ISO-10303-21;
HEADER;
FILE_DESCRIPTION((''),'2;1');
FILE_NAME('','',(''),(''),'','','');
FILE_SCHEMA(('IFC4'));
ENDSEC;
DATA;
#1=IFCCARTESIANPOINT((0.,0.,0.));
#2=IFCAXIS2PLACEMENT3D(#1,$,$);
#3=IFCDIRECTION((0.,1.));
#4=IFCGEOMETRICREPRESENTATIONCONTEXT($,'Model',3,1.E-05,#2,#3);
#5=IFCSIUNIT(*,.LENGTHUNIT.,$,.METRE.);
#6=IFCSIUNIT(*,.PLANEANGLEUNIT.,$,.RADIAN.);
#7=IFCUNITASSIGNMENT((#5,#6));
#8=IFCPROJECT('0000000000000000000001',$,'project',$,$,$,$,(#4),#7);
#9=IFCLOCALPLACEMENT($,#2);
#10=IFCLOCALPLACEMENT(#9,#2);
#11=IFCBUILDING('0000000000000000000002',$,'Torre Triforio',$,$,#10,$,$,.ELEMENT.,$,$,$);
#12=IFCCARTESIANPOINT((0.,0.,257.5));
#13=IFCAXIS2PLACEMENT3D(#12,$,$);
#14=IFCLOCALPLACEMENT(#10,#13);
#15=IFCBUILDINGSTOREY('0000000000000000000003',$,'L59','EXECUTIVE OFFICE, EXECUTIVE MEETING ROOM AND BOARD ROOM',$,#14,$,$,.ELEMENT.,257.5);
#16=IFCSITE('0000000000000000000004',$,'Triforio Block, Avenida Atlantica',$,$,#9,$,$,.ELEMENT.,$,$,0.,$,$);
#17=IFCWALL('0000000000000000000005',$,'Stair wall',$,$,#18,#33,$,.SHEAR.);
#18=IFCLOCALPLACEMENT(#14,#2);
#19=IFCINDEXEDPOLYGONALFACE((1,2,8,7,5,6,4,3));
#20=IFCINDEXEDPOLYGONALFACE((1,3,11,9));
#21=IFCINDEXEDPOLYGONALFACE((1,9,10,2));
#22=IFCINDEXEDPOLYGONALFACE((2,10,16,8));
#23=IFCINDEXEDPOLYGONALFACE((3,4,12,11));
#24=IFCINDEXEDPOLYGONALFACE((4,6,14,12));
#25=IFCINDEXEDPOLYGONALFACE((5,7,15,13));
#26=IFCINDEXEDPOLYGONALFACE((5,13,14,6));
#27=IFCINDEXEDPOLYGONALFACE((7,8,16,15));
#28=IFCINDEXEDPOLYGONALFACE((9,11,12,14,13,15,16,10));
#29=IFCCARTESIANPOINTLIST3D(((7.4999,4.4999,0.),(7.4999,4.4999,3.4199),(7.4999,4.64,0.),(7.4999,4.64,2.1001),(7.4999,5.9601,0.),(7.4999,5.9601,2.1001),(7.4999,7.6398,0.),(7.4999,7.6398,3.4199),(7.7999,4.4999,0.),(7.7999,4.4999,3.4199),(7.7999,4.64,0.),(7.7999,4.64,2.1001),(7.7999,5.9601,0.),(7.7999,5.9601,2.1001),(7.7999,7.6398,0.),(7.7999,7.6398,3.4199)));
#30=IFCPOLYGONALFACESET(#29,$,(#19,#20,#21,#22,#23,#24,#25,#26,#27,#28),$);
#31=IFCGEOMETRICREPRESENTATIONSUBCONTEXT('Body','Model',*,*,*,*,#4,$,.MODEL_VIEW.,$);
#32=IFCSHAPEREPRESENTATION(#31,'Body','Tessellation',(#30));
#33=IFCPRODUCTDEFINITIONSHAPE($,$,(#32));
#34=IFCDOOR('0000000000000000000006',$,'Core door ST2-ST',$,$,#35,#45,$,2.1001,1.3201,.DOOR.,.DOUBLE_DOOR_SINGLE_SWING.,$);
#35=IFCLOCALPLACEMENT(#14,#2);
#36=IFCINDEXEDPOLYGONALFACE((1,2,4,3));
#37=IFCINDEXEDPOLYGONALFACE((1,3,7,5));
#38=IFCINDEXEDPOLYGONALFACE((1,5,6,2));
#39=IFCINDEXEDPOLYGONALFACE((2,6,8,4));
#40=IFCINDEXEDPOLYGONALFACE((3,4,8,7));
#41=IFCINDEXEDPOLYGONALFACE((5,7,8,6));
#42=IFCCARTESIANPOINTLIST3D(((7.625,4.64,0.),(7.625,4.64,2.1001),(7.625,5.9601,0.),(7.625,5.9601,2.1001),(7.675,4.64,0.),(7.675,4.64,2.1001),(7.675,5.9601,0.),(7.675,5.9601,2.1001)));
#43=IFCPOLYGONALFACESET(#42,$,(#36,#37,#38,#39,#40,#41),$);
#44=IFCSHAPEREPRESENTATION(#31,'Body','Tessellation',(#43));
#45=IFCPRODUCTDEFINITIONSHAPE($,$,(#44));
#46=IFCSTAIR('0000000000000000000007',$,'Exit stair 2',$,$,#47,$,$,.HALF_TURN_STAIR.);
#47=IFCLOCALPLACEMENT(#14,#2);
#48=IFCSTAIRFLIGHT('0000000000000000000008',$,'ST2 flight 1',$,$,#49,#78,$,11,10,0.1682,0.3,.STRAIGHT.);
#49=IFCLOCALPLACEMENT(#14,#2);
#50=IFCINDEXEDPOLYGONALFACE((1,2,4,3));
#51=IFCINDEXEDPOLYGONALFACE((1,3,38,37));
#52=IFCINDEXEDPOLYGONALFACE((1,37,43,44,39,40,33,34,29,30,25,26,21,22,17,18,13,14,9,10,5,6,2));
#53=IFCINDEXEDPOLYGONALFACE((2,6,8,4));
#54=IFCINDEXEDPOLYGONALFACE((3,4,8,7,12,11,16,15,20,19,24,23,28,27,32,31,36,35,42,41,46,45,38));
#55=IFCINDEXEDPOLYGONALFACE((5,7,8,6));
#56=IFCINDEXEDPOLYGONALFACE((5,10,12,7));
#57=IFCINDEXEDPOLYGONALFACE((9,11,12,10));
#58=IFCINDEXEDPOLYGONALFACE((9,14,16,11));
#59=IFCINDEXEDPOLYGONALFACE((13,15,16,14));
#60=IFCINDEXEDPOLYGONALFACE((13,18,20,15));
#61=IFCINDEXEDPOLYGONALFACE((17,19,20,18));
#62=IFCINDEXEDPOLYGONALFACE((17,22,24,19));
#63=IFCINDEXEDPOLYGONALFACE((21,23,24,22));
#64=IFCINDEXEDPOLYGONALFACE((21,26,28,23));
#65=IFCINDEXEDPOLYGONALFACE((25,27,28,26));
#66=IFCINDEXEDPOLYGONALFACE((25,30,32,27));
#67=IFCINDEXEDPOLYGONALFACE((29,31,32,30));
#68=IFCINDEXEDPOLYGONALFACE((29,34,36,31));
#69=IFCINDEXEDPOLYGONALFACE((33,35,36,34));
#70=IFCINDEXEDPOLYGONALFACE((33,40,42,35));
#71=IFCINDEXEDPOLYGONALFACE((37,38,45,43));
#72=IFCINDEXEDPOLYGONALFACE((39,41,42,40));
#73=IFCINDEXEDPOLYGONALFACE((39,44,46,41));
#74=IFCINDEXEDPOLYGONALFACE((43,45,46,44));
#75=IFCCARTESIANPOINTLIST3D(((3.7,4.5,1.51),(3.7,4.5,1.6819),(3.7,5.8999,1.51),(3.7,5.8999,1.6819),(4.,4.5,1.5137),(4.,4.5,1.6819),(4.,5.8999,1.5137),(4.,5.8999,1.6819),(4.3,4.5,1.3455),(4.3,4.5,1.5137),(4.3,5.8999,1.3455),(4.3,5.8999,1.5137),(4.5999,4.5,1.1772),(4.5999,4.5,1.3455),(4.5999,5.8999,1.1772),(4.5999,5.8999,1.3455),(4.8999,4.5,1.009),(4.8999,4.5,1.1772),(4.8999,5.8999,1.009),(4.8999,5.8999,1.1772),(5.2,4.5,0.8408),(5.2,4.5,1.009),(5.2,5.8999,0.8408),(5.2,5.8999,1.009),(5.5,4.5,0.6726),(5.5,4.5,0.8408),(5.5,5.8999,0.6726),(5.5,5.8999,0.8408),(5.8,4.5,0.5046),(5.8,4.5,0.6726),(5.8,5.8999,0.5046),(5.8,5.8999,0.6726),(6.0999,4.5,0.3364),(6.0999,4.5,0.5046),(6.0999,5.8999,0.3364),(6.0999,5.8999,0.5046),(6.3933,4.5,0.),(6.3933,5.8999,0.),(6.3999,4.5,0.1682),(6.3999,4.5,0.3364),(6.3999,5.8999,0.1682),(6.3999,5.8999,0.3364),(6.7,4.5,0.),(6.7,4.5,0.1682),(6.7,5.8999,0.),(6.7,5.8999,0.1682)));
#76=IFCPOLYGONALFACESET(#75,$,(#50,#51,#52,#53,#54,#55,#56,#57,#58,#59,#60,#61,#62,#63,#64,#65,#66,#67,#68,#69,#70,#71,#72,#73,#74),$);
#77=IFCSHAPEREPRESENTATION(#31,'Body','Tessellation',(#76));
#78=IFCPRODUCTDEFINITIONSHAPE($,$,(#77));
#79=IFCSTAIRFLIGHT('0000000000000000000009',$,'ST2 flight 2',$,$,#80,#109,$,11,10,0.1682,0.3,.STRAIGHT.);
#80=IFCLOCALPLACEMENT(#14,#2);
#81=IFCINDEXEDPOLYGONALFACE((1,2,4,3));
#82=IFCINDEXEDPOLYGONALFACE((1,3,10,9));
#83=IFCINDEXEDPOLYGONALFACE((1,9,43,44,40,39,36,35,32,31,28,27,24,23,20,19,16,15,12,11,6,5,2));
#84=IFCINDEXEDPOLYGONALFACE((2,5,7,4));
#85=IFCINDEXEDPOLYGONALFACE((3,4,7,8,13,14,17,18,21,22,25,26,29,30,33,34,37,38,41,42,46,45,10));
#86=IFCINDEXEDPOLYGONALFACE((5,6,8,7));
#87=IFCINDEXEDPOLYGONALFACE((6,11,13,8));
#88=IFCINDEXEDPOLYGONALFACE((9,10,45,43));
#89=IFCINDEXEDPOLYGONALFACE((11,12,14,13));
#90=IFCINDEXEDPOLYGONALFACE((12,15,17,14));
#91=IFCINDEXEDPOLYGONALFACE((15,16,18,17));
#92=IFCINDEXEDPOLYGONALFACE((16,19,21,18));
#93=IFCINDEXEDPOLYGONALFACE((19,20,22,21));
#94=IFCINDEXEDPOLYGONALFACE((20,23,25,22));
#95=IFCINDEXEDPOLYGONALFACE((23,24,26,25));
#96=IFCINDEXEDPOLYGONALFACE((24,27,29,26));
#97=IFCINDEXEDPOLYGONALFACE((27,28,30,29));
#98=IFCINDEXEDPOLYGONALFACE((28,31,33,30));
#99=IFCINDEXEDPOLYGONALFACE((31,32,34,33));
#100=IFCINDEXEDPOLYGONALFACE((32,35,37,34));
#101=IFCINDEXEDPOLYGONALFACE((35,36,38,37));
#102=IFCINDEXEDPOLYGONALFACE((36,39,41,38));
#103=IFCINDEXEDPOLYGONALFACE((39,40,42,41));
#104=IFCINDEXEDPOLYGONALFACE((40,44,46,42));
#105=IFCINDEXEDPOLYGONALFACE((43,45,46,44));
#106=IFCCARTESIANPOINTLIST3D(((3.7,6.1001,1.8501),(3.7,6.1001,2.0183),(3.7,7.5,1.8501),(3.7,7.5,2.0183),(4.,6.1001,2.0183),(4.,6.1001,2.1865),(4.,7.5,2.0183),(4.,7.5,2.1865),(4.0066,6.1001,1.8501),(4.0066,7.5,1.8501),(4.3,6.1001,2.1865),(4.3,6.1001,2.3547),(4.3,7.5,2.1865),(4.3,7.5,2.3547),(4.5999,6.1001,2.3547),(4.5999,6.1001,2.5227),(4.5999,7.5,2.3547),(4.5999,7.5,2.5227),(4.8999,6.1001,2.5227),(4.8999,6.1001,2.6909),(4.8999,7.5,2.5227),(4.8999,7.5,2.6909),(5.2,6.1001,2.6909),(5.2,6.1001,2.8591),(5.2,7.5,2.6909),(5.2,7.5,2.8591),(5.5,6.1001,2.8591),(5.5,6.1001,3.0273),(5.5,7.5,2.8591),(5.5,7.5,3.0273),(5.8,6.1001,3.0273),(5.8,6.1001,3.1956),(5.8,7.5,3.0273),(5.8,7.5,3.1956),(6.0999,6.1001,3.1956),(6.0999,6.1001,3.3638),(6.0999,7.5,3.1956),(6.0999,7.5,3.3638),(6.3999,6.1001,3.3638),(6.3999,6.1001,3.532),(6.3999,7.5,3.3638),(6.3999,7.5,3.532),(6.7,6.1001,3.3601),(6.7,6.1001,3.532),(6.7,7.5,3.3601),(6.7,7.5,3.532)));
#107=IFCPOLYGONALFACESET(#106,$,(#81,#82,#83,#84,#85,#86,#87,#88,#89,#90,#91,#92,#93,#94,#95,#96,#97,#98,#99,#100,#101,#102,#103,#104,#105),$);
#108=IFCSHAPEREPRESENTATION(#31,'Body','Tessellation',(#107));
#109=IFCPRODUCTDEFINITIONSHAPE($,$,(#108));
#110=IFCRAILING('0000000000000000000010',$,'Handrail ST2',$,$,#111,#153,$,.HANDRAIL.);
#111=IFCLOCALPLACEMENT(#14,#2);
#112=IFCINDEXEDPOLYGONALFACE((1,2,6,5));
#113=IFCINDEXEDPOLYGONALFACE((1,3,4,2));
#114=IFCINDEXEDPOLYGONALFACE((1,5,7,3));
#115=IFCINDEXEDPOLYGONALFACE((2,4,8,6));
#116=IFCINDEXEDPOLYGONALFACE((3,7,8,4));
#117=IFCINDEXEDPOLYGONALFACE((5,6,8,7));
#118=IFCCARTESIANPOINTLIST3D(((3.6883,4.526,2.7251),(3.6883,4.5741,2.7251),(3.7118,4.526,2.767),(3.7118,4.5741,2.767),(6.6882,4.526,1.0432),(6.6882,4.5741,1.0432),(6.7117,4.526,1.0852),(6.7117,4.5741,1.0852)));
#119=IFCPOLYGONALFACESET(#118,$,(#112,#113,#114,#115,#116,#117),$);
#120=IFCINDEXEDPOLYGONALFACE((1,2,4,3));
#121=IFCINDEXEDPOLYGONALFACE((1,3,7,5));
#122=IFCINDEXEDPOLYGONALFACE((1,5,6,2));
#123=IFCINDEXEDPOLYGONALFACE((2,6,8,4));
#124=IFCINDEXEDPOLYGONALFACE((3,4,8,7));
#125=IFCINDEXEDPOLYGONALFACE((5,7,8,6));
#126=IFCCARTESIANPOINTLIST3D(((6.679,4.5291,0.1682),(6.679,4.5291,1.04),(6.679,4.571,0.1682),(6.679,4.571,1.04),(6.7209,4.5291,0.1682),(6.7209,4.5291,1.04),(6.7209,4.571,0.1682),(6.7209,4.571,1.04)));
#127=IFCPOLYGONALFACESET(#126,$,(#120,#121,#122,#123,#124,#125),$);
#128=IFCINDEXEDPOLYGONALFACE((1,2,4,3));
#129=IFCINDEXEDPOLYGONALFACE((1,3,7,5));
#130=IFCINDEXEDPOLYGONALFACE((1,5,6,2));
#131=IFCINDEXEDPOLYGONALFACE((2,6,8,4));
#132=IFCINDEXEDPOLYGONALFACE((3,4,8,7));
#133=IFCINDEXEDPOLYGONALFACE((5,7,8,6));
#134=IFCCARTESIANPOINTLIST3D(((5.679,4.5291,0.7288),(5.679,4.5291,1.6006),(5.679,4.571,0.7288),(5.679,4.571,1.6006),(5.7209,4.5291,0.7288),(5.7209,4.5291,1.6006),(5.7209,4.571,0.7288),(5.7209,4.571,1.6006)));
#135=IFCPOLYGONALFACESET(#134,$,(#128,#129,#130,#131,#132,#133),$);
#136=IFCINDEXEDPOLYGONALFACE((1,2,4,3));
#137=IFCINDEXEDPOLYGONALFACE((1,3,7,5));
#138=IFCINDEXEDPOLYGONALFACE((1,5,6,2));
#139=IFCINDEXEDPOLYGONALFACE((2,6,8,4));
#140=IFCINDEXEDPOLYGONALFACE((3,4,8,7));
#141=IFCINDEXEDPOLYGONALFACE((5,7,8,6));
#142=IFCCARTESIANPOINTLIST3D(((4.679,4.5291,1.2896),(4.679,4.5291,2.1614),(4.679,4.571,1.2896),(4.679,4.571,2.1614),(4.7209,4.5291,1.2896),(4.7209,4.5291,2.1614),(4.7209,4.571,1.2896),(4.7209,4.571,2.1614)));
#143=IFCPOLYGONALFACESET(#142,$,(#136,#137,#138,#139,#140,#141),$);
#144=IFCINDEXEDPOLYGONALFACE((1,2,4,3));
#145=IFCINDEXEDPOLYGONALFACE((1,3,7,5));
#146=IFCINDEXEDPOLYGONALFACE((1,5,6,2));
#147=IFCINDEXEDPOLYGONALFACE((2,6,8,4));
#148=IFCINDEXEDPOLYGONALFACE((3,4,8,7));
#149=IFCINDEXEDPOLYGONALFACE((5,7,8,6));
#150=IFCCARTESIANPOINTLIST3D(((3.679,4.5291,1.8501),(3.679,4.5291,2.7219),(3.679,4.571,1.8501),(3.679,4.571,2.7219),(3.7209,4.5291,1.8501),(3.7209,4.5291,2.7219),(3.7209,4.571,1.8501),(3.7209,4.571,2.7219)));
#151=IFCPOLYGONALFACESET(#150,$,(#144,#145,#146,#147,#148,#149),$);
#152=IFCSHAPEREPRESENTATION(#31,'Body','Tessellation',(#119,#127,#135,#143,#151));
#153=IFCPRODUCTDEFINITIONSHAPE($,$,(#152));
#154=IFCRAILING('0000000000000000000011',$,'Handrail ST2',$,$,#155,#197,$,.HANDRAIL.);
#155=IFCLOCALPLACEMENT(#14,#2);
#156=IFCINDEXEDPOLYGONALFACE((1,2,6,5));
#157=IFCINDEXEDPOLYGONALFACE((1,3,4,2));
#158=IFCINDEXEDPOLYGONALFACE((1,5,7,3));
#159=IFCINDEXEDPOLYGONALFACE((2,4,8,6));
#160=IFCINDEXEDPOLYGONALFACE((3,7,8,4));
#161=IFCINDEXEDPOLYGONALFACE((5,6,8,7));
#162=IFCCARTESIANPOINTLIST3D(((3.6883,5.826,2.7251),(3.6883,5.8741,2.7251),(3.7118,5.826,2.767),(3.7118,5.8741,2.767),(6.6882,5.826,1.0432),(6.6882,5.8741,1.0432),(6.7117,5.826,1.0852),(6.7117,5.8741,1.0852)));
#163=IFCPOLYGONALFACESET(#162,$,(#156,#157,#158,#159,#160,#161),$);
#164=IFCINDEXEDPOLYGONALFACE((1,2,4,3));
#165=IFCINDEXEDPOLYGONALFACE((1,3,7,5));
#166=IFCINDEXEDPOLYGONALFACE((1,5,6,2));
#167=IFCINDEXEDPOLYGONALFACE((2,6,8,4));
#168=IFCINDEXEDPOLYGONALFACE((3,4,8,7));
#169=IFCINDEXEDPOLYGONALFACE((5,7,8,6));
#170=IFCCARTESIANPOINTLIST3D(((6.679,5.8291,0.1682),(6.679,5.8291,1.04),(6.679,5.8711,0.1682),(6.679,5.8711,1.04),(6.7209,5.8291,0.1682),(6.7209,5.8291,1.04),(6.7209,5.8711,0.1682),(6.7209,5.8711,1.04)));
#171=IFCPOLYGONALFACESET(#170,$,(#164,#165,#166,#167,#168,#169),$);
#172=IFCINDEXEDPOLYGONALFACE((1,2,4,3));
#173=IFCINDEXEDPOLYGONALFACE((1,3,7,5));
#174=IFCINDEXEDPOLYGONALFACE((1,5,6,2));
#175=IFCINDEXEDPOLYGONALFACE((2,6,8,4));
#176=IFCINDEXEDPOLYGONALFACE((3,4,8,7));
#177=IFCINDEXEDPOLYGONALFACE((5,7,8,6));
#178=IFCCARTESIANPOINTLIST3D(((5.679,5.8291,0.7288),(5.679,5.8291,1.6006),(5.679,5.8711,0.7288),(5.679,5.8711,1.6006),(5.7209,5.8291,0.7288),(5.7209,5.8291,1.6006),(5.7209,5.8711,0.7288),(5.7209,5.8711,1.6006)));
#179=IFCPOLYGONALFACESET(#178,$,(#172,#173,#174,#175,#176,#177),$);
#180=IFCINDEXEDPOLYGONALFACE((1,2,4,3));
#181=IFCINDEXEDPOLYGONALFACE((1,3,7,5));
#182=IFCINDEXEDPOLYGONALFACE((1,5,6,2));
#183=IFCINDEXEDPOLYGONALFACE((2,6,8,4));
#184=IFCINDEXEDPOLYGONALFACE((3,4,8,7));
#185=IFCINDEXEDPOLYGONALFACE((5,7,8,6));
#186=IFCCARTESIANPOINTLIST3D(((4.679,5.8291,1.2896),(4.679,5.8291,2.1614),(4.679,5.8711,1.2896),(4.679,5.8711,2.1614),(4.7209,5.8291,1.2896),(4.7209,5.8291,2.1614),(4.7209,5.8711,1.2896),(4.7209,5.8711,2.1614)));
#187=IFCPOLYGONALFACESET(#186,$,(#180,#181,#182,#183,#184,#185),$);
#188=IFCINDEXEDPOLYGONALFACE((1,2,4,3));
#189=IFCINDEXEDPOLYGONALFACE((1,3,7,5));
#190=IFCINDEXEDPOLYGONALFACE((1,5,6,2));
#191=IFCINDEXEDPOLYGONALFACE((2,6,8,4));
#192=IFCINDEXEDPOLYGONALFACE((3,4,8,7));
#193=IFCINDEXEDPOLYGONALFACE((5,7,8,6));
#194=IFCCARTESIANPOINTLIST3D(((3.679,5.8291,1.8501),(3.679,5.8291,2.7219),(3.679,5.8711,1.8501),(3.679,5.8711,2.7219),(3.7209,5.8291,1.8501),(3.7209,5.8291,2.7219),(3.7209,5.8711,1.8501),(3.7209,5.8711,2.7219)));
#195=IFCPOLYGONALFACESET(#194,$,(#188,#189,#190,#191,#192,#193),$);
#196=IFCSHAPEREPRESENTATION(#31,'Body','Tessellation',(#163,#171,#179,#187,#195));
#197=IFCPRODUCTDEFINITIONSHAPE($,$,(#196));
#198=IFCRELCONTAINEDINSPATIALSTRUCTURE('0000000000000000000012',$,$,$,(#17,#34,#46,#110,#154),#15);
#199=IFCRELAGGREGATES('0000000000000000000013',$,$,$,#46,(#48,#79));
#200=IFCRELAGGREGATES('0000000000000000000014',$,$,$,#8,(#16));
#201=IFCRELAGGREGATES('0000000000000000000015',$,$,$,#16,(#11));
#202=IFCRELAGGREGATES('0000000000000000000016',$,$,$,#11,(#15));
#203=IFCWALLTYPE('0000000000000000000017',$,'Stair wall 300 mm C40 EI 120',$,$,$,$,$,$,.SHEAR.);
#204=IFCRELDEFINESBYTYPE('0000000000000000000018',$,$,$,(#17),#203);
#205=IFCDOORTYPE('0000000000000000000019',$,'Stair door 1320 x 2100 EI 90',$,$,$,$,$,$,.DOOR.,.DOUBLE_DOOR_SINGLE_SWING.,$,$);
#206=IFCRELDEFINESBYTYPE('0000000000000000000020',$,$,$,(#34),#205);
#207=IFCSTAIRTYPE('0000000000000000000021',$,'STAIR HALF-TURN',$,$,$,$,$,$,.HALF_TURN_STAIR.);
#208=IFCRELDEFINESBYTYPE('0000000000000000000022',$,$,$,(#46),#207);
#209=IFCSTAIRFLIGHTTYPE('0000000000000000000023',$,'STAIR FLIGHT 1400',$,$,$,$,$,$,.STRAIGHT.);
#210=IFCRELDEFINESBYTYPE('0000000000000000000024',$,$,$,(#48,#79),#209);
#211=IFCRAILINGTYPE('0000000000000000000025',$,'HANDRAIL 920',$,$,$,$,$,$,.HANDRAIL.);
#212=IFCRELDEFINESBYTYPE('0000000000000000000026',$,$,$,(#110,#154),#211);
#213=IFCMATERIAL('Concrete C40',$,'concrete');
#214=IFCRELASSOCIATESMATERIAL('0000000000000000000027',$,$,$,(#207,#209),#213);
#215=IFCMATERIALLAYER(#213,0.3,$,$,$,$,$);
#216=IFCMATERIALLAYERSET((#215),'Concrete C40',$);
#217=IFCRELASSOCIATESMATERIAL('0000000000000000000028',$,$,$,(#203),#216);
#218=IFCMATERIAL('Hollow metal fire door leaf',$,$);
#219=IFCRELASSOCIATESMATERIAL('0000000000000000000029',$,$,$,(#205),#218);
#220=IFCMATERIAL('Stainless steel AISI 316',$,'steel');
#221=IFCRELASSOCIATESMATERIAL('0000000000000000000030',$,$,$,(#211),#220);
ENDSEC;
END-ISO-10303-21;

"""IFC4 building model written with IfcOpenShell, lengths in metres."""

from ifc_helpers import new_model, si_unit, direction, frame, frame_2d, origin, origin_2d, place, context, subcontext, project, spatial, polyline, rectangle, outline, extrude, material, layer, layer_set, type_object, element, fill, aggregate, save


model = new_model("IFC4")

# Units and contexts
model_context = context("Model", 3, precision=1e-05, world=origin(), true_north=direction((0.0, 1.0)))
body_context = subcontext(model_context, "Body", "Model", "MODEL_VIEW")
ifc_project = project(units=[si_unit("LENGTHUNIT", "METRE"), si_unit("PLANEANGLEUNIT", "RADIAN")], contexts=[model_context])

# Site, building, storey
site_placement = place(None, origin())
site = spatial("IfcSite", under=ifc_project, at=site_placement, Name="Triforio Block, Avenida Atlantica", CompositionType="ELEMENT", RefElevation=0.0)
building_placement = place(site_placement, origin())
building = spatial("IfcBuilding", under=site, at=building_placement, Name="Torre Triforio", CompositionType="ELEMENT")
storey_placement = place(building_placement, frame((0.0, 0.0, 257.5)))
storey = spatial("IfcBuildingStorey", under=building, at=storey_placement, Name="L59", Description="EXECUTIVE OFFICE, EXECUTIVE MEETING ROOM AND BOARD ROOM", CompositionType="ELEMENT", Elevation=257.5)

# Shared definitions
ifc_material_1 = material(Name="Concrete C40", Category="concrete")
stair_type = type_object("IfcStairType", Name="STAIR HALF-TURN", PredefinedType="HALF_TURN_STAIR", material=ifc_material_1)

# Shared definitions
ifc_material_2 = material(Name="Hollow metal fire door leaf")

# Wall, opening, door
ifc_layer_1 = layer(ifc_material_1, 0.3)
ifc_layer_set_1 = layer_set([ifc_layer_1], Name="Concrete C40")
wall_type_1 = type_object("IfcWallType", Name="Stair wall 300 mm C40 EI 120", PredefinedType="SHEAR", material=ifc_layer_set_1)
wall_1_placement = place(storey_placement, frame((7.6499, 4.5, 0.0), z_axis=(0.0, 0.0, 1.0), x_axis=(0.0, 1.0, 0.0)))
wall_1 = element("IfcWall", 1, at=wall_1_placement, inside=storey, type_object=wall_type_1, Name="Stair wall", PredefinedType="SHEAR", context=body_context, shape_type="SweptSolid", body=[
    extrude(rectangle(XDim=3.1399, YDim=0.3, at=frame_2d((1.5698, 0.0))), origin(), (0.0, 0.0, 1.0), 3.4199),
])
opening_1_placement = place(wall_1_placement, frame((0.1399, 0.0, 0.0)))
opening_1 = element("IfcOpeningElement", 2, at=opening_1_placement, cuts=wall_1, PredefinedType="OPENING", context=body_context, shape_type="SweptSolid", body=[
    extrude(rectangle(XDim=1.3201, YDim=2.1001, at=frame_2d((0.6602, 1.05))), frame((0.0, 0.1599, 0.0), z_axis=(0.0, -1.0, 0.0), x_axis=(1.0, 0.0, 0.0)), (0.0, 0.0, 1.0), 0.3201),
])
door_type_1 = type_object("IfcDoorType", Name="Stair door 1320 x 2100 EI 90", OperationType="DOUBLE_DOOR_SINGLE_SWING", PredefinedType="DOOR", material=ifc_material_2)
door_1_placement = place(opening_1_placement, origin())
door_1 = element("IfcDoor", 3, at=door_1_placement, inside=storey, type_object=door_type_1, Name="Core door ST2-ST", OperationType="DOUBLE_DOOR_SINGLE_SWING", OverallHeight=2.1001, OverallWidth=1.3201, PredefinedType="DOOR", context=body_context, shape_type="SweptSolid", body=[
    extrude(rectangle(XDim=1.3201, YDim=2.1001, at=frame_2d((0.6602, 1.05))), frame((0.0, 0.0249, 0.0), z_axis=(0.0, -1.0, 0.0), x_axis=(1.0, 0.0, 0.0)), (0.0, 0.0, 1.0), 0.05),
])
fill(opening_1, door_1)

# Stair, stair flights
stair_1_placement = place(storey_placement, origin())
stair_1 = element("IfcStair", 4, at=stair_1_placement, inside=storey, type_object=stair_type, Name="Exit stair 2", PredefinedType="HALF_TURN_STAIR")
stair_flight_type = type_object("IfcStairFlightType", Name="STAIR FLIGHT 1400", PredefinedType="STRAIGHT", material=ifc_material_1)
stair_flight_1_placement = place(storey_placement, frame((6.7, 5.2, 0.0), z_axis=(0.0, 0.0, 1.0), x_axis=(-1.0, 0.0, 0.0)))
stair_flight_1 = element("IfcStairFlight", 5, at=stair_flight_1_placement, type_object=stair_flight_type, Name="ST2 flight 1", NumberOfRisers=11, NumberOfTreads=10, PredefinedType="STRAIGHT", RiserHeight=0.1682, TreadLength=0.3, context=body_context, shape_type="SweptSolid", body=[
    extrude(outline(polyline([(0.0, 0.0), (0.0, 0.1682), (0.3, 0.1682), (0.3, 0.3364), (0.6001, 0.3364), (0.6001, 0.5046), (0.8999, 0.5046), (0.8999, 0.6726), (1.2, 0.6726), (1.2, 0.8408), (1.5, 0.8408), (1.5, 1.009), (1.8, 1.009), (1.8, 1.1772), (2.1001, 1.1772), (2.1001, 1.3455), (2.3999, 1.3455), (2.3999, 1.5137), (2.7, 1.5137), (2.7, 1.6819), (3.0, 1.6819), (3.0, 1.8501), (3.0, 1.51), (0.3066, 0.0), (0.0, 0.0)])), frame((0.0, 0.7, 0.0), z_axis=(0.0, -1.0, 0.0), x_axis=(1.0, 0.0, 0.0)), (0.0, 0.0, 1.0), 1.3999),
])
stair_flight_2_placement = place(storey_placement, frame((3.7, 6.8, 1.8501), z_axis=(0.0, 0.0, 1.0), x_axis=(1.0, 0.0, 0.0)))
stair_flight_2 = element("IfcStairFlight", 6, at=stair_flight_2_placement, type_object=stair_flight_type, Name="ST2 flight 2", NumberOfRisers=11, NumberOfTreads=10, PredefinedType="STRAIGHT", RiserHeight=0.1682, TreadLength=0.3, context=body_context, shape_type="SweptSolid", body=[
    extrude(outline(polyline([(0.0, 0.0), (0.0, 0.1682), (0.3, 0.1682), (0.3, 0.3364), (0.6001, 0.3364), (0.6001, 0.5046), (0.8999, 0.5046), (0.8999, 0.6726), (1.2, 0.6726), (1.2, 0.8408), (1.5, 0.8408), (1.5, 1.009), (1.8, 1.009), (1.8, 1.1772), (2.1001, 1.1772), (2.1001, 1.3455), (2.3999, 1.3455), (2.3999, 1.5137), (2.7, 1.5137), (2.7, 1.6819), (3.0, 1.6819), (3.0, 1.8501), (3.0, 1.51), (0.3066, 0.0), (0.0, 0.0)])), frame((0.0, 0.7, 0.0), z_axis=(0.0, -1.0, 0.0), x_axis=(1.0, 0.0, 0.0)), (0.0, 0.0, 1.0), 1.3999),
])
aggregate(stair_1, [stair_flight_1, stair_flight_2])

# Railings
ifc_material_3 = material(Name="Stainless steel AISI 316", Category="steel")
railing_type = type_object("IfcRailingType", Name="HANDRAIL 920", PredefinedType="HANDRAIL", material=ifc_material_3)
for number, where, name in (
    (7, (6.7, 4.55, 0.1682), "Handrail ST2"),
    (8, (6.7, 5.8501, 0.1682), "Handrail ST2"),
):
    element("IfcRailing", number, at=place(storey_placement, frame(where)), inside=storey, type_object=railing_type, Name=name, PredefinedType="HANDRAIL", context=body_context, shape_type="SweptSolid", body=[
        extrude(rectangle(XDim=0.0481, YDim=0.0481, at=origin_2d()), frame((0.0, 0.0, 0.896), z_axis=(-0.872272, 0.0, 0.48902), x_axis=(0.0, -1.0, 0.0)), (0.0, 0.0, 1.0), 3.4392),
        extrude(rectangle(XDim=0.042, YDim=0.042, at=origin_2d()), origin(), (0.0, 0.0, 1.0), 0.8718),
        extrude(rectangle(XDim=0.042, YDim=0.042, at=origin_2d()), frame((-1.0, 0.0, 0.5605)), (0.0, 0.0, 1.0), 0.8718),
        extrude(rectangle(XDim=0.042, YDim=0.042, at=origin_2d()), frame((-2.0, 0.0, 1.1213)), (0.0, 0.0, 1.0), 0.8718),
        extrude(rectangle(XDim=0.042, YDim=0.042, at=origin_2d()), frame((-3.0, 0.0, 1.6819)), (0.0, 0.0, 1.0), 0.8718),
    ])

save(model, "model.ifc")
